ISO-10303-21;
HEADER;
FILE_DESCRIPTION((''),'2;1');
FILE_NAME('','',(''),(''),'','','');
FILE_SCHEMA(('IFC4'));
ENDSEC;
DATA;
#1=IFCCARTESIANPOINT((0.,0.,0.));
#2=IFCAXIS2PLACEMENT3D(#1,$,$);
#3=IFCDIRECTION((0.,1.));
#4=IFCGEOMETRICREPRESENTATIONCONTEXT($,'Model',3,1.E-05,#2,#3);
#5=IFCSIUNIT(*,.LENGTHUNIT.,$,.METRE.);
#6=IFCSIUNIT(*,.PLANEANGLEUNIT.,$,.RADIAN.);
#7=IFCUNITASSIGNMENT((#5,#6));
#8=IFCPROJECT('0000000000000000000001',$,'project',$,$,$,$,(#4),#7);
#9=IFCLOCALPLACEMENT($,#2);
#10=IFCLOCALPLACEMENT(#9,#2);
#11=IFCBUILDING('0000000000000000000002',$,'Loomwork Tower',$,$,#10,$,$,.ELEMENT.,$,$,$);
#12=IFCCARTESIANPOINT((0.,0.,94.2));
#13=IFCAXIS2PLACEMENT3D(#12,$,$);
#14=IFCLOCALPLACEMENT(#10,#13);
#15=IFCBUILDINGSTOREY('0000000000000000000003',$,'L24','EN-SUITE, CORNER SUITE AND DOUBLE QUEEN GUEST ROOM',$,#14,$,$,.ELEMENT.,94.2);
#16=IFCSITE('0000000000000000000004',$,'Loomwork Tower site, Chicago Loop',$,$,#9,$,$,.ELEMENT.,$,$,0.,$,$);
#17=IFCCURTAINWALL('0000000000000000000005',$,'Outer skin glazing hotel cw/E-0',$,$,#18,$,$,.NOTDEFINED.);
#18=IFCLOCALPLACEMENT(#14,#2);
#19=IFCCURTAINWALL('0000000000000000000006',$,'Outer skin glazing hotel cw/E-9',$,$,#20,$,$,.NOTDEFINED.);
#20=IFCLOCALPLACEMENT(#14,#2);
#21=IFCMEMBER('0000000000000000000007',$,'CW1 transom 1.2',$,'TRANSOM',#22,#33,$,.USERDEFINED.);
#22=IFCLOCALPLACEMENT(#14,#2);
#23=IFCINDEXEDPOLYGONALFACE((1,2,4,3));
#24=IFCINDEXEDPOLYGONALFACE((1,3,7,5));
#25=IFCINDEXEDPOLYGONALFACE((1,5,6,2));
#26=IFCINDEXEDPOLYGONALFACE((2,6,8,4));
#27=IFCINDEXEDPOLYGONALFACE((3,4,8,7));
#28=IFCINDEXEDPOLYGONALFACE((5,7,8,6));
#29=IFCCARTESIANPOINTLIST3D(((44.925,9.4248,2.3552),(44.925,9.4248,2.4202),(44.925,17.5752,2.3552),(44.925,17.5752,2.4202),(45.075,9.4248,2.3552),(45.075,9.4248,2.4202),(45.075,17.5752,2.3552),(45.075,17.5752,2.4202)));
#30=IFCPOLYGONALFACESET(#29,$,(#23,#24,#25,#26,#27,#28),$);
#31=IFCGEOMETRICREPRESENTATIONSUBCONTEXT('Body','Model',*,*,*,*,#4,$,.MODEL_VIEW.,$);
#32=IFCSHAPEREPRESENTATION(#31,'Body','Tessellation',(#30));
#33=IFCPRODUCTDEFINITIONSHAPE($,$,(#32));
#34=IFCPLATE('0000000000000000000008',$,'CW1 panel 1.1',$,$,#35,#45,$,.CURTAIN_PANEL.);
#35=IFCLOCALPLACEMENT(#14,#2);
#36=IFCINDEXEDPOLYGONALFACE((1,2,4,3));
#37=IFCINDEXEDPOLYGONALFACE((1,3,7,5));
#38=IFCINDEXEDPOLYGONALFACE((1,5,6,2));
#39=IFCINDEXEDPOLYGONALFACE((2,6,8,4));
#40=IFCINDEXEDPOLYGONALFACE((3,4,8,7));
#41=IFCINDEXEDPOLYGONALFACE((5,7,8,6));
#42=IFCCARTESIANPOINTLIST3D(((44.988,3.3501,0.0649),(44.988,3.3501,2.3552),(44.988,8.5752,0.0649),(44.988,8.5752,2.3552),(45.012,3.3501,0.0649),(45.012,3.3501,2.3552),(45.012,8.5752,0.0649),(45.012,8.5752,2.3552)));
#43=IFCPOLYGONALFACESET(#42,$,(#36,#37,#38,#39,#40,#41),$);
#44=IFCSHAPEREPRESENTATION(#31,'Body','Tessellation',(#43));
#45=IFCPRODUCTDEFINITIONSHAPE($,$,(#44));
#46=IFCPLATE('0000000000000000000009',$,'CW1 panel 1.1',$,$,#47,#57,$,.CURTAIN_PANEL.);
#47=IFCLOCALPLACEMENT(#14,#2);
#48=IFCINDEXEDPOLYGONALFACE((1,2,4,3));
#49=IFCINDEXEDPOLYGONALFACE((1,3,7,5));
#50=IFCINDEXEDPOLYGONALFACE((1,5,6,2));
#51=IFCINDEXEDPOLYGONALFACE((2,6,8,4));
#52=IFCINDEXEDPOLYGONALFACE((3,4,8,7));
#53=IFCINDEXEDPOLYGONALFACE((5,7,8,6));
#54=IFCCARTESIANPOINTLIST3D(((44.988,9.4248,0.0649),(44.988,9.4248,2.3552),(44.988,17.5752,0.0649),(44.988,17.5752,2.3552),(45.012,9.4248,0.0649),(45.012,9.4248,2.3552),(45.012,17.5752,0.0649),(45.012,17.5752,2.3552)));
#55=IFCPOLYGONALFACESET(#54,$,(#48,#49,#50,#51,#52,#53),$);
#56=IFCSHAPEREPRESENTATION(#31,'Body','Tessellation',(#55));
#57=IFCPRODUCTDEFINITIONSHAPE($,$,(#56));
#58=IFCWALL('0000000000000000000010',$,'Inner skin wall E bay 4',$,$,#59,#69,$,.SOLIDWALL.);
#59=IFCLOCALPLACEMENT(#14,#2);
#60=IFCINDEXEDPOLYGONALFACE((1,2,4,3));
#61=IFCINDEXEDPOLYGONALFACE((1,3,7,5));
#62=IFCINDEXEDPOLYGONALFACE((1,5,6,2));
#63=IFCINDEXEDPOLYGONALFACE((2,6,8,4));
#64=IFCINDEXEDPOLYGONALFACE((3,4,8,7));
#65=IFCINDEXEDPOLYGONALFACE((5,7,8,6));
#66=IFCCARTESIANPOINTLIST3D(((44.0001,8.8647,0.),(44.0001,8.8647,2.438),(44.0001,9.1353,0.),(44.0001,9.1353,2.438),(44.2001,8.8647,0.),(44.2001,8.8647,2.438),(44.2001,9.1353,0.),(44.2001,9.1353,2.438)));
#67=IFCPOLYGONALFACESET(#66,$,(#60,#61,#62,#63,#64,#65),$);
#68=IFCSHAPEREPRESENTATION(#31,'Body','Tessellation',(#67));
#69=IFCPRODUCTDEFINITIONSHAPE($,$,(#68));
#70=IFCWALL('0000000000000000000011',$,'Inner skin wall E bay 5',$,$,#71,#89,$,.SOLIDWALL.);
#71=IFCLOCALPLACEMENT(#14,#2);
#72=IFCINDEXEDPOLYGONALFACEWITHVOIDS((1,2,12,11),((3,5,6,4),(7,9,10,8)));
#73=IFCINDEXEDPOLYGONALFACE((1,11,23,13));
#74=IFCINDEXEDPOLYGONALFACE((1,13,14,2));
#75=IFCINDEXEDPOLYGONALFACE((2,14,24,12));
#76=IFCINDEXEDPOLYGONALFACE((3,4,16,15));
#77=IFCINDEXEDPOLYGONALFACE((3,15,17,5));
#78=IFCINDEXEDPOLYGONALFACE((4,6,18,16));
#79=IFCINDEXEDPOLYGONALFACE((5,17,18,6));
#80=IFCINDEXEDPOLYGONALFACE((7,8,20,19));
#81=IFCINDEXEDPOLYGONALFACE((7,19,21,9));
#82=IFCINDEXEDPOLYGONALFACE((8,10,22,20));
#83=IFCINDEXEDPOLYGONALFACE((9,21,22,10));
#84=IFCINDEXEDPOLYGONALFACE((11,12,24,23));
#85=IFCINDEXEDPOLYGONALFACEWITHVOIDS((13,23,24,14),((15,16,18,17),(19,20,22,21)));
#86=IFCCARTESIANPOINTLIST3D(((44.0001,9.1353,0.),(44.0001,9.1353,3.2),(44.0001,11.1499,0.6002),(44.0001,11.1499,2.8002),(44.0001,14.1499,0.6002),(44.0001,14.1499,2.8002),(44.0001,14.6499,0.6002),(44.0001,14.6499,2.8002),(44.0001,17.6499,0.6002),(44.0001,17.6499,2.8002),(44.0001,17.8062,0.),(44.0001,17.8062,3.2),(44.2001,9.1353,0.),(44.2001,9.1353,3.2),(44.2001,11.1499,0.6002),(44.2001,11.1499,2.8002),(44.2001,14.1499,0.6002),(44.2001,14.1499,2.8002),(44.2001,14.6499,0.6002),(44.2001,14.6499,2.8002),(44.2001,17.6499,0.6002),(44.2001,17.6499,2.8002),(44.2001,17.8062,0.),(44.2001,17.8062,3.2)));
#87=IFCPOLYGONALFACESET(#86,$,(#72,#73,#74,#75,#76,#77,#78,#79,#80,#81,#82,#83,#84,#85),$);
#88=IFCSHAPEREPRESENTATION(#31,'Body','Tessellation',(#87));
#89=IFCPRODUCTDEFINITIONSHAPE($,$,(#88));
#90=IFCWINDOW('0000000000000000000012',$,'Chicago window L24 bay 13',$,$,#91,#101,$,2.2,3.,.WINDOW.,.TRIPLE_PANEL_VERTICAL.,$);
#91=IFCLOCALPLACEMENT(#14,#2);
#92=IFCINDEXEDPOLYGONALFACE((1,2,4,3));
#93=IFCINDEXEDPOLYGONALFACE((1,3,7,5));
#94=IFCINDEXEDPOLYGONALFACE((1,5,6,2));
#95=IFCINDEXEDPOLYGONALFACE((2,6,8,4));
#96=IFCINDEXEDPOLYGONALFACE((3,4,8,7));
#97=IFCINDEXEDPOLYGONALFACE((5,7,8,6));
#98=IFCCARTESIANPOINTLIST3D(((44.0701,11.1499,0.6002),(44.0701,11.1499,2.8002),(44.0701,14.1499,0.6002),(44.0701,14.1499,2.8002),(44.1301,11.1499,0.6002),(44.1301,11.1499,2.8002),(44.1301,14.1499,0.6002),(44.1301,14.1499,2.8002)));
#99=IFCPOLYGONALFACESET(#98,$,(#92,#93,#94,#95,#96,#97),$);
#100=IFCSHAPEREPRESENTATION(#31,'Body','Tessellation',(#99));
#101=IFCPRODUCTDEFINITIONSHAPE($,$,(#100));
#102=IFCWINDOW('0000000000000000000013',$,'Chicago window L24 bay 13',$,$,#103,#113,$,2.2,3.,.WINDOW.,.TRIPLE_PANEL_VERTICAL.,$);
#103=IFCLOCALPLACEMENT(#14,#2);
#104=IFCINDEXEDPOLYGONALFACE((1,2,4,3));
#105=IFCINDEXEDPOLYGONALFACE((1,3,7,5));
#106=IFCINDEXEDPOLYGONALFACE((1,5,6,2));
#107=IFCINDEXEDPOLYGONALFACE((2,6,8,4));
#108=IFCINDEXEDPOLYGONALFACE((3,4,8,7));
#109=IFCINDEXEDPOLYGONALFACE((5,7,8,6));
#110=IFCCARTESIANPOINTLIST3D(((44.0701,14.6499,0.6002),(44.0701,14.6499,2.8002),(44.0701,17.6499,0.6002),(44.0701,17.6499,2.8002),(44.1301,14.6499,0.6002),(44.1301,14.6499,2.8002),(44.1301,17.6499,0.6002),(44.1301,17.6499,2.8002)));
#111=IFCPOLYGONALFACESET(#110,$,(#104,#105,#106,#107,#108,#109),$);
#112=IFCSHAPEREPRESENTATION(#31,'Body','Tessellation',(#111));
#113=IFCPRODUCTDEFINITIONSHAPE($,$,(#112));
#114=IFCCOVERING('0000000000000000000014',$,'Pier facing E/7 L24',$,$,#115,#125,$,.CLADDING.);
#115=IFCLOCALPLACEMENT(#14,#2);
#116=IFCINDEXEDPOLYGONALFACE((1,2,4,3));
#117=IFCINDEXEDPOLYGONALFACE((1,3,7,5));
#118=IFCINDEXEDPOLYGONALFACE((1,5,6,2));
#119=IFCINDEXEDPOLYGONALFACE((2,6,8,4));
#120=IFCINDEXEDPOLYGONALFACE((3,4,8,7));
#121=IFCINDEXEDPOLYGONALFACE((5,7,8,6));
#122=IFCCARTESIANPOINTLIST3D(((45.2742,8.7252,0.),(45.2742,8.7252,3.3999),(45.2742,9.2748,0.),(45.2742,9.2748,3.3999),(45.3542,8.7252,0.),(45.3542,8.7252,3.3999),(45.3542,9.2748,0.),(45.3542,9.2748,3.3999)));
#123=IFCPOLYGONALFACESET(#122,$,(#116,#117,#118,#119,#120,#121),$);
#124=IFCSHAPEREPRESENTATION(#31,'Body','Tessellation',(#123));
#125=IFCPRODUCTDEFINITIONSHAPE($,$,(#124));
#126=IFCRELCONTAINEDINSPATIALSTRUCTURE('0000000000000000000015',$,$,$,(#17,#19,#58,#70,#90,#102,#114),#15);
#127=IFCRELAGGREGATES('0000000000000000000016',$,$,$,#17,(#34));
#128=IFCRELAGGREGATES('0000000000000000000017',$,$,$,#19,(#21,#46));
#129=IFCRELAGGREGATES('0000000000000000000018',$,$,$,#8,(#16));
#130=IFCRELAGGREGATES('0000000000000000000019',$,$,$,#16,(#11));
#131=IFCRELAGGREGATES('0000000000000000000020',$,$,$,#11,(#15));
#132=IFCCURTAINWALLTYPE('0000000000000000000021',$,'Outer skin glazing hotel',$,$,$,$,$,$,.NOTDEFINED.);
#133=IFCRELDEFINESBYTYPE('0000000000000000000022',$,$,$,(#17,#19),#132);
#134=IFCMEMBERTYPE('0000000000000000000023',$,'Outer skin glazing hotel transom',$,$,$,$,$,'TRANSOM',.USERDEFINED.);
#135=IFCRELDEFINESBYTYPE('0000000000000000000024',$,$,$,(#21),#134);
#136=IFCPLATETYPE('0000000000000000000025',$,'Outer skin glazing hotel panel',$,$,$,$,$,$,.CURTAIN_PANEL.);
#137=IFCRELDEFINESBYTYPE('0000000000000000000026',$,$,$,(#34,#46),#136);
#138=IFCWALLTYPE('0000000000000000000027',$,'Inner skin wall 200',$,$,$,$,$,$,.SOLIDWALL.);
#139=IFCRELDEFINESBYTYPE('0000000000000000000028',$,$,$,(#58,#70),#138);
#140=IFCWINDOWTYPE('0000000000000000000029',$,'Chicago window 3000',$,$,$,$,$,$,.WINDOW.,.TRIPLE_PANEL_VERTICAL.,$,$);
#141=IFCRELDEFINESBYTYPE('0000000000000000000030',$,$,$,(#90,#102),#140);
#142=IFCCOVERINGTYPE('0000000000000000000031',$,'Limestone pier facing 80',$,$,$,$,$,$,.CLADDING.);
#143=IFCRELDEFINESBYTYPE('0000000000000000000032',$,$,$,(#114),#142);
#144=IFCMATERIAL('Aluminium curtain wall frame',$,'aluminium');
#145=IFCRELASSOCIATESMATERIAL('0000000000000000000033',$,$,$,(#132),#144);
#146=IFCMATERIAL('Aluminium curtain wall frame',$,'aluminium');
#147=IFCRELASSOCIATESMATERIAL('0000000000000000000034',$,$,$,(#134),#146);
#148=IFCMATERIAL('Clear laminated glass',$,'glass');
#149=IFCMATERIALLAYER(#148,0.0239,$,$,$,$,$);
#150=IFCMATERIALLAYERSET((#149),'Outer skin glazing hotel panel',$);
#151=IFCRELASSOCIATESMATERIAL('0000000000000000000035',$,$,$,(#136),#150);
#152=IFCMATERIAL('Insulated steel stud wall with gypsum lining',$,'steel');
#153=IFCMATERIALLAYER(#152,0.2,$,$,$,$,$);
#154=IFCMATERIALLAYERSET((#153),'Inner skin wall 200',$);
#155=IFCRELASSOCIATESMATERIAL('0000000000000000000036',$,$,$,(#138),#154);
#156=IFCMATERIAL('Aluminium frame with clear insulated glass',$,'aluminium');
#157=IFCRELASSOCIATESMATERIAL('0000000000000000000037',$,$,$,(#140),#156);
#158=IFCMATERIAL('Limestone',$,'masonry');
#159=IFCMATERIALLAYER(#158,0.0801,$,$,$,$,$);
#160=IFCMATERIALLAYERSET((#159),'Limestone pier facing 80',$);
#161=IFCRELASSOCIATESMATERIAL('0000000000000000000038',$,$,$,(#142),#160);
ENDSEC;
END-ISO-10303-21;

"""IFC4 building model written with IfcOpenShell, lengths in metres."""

from ifc_helpers import new_model, si_unit, direction, frame, frame_2d, origin, origin_2d, place, context, subcontext, project, spatial, rectangle, extrude, material, layer, layer_set, material_profile, profile_set, type_object, element, fill, aggregate, save


model = new_model("IFC4")

# Units and contexts
model_context = context("Model", 3, precision=1e-05, world=origin(), true_north=direction((0.0, 1.0)))
body_context = subcontext(model_context, "Body", "Model", "MODEL_VIEW")
ifc_project = project(units=[si_unit("LENGTHUNIT", "METRE"), si_unit("PLANEANGLEUNIT", "RADIAN")], contexts=[model_context])

# Site, building, storey
site_placement = place(None, origin())
site = spatial("IfcSite", under=ifc_project, at=site_placement, Name="Loomwork Tower site, Chicago Loop", CompositionType="ELEMENT", RefElevation=0.0)
building_placement = place(site_placement, origin())
building = spatial("IfcBuilding", under=site, at=building_placement, Name="Loomwork Tower", CompositionType="ELEMENT")
storey_placement = place(building_placement, frame((0.0, 0.0, 94.2)))
storey = spatial("IfcBuildingStorey", under=building, at=storey_placement, Name="L24", Description="EN-SUITE, CORNER SUITE AND DOUBLE QUEEN GUEST ROOM", CompositionType="ELEMENT", Elevation=94.2)

# Curtain wall
ifc_material_1 = material(Name="Aluminium curtain wall frame", Category="aluminium")
curtain_wall_type = type_object("IfcCurtainWallType", Name="Outer skin glazing hotel", PredefinedType="NOTDEFINED", material=ifc_material_1)
curtain_wall_1_placement = place(storey_placement, origin())
curtain_wall_1 = element("IfcCurtainWall", 1, at=curtain_wall_1_placement, inside=storey, type_object=curtain_wall_type, Name="Outer skin glazing hotel cw/E-0", PredefinedType="NOTDEFINED")

# Curtain wall
curtain_wall_2_placement = place(storey_placement, origin())
curtain_wall_2 = element("IfcCurtainWall", 2, at=curtain_wall_2_placement, inside=storey, type_object=curtain_wall_type, Name="Outer skin glazing hotel cw/E-9", PredefinedType="NOTDEFINED")

# Member
ifc_material_2 = material(Name="Aluminium curtain wall frame", Category="aluminium")
ifc_material_profile_1 = material_profile(ifc_material_2, rectangle(XDim=0.1499, YDim=0.0649, at=origin_2d()), Name="AL 65x150")
ifc_profile_set_1 = profile_set([ifc_material_profile_1], Name="Aluminium curtain wall frame")
member_type_1 = type_object("IfcMemberType", Name="Outer skin glazing hotel transom", ElementType="TRANSOM", PredefinedType="USERDEFINED", material=ifc_profile_set_1)
member_1_placement = place(storey_placement, frame((45.0, 9.4248, 2.3877), z_axis=(0.0, 1.0, 0.0), x_axis=(-1.0, 0.0, 0.0)))
member_1 = element("IfcMember", 3, at=member_1_placement, type_object=member_type_1, Name="CW1 transom 1.2", ObjectType="TRANSOM", PredefinedType="USERDEFINED", context=body_context, shape_type="SweptSolid", body=[
    extrude(rectangle(XDim=0.1499, YDim=0.0649, at=origin_2d()), origin(), (0.0, 0.0, 1.0), 8.1504),
])

# Plates
ifc_material_3 = material(Name="Clear laminated glass", Category="glass")
ifc_layer_1 = layer(ifc_material_3, 0.0239)
ifc_layer_set_1 = layer_set([ifc_layer_1], Name="Outer skin glazing hotel panel")
plate_type = type_object("IfcPlateType", Name="Outer skin glazing hotel panel", PredefinedType="CURTAIN_PANEL", material=ifc_layer_set_1)
plate_1_placement = place(storey_placement, frame((45.0, 5.9626, 0.0649), z_axis=(0.0, 0.0, 1.0), x_axis=(0.0, 1.0, 0.0)))
plate_1 = element("IfcPlate", 4, at=plate_1_placement, type_object=plate_type, Name="CW1 panel 1.1", PredefinedType="CURTAIN_PANEL", context=body_context, shape_type="SweptSolid", body=[
    extrude(rectangle(XDim=5.2251, YDim=0.0239, at=origin_2d()), origin(), (0.0, 0.0, 1.0), 2.2903),
])
aggregate(curtain_wall_1, [plate_1])
plate_2_placement = place(storey_placement, frame((45.0, 13.5, 0.0649), z_axis=(0.0, 0.0, 1.0), x_axis=(0.0, 1.0, 0.0)))
plate_2 = element("IfcPlate", 5, at=plate_2_placement, type_object=plate_type, Name="CW1 panel 1.1", PredefinedType="CURTAIN_PANEL", context=body_context, shape_type="SweptSolid", body=[
    extrude(rectangle(XDim=8.1504, YDim=0.0239, at=origin_2d()), origin(), (0.0, 0.0, 1.0), 2.2903),
])
aggregate(curtain_wall_2, [member_1, plate_2])

# Wall
ifc_material_4 = material(Name="Insulated steel stud wall with gypsum lining", Category="steel")
ifc_layer_2 = layer(ifc_material_4, 0.2)
ifc_layer_set_2 = layer_set([ifc_layer_2], Name="Inner skin wall 200")
wall_type = type_object("IfcWallType", Name="Inner skin wall 200", PredefinedType="SOLIDWALL", material=ifc_layer_set_2)
wall_1_placement = place(storey_placement, frame((44.1001, 8.8647, 0.0), z_axis=(0.0, 0.0, 1.0), x_axis=(0.0, 1.0, 0.0)))
element("IfcWall", 6, at=wall_1_placement, inside=storey, type_object=wall_type, Name="Inner skin wall E bay 4", PredefinedType="SOLIDWALL", context=body_context, shape_type="SweptSolid", body=[
    extrude(rectangle(XDim=0.2705, YDim=0.2, at=frame_2d((0.1353, 0.0))), origin(), (0.0, 0.0, 1.0), 2.438),
])

# Wall, openings, windows
wall_2_placement = place(storey_placement, frame((44.1001, 9.1353, 0.0), z_axis=(0.0, 0.0, 1.0), x_axis=(0.0, 1.0, 0.0)))
wall_2 = element("IfcWall", 7, at=wall_2_placement, inside=storey, type_object=wall_type, Name="Inner skin wall E bay 5", PredefinedType="SOLIDWALL", context=body_context, shape_type="SweptSolid", body=[
    extrude(rectangle(XDim=8.6709, YDim=0.2, at=frame_2d((4.3354, 0.0))), origin(), (0.0, 0.0, 1.0), 3.2),
])
opening_1_placement = place(wall_2_placement, frame((2.0146, 0.0, 0.6001)))
opening_1 = element("IfcOpeningElement", 8, at=opening_1_placement, cuts=wall_2, PredefinedType="OPENING", context=body_context, shape_type="SweptSolid", body=[
    extrude(rectangle(XDim=3.0, YDim=2.2, at=frame_2d((1.5, 1.1001))), frame((0.0, 0.1099, 0.0), z_axis=(0.0, -1.0, 0.0), x_axis=(1.0, 0.0, 0.0)), (0.0, 0.0, 1.0), 0.22),
])
opening_2_placement = place(wall_2_placement, frame((5.5146, 0.0, 0.6001)))
opening_2 = element("IfcOpeningElement", 9, at=opening_2_placement, cuts=wall_2, PredefinedType="OPENING", context=body_context, shape_type="SweptSolid", body=[
    extrude(rectangle(XDim=3.0, YDim=2.2, at=frame_2d((1.5, 1.1001))), frame((0.0, 0.1099, 0.0), z_axis=(0.0, -1.0, 0.0), x_axis=(1.0, 0.0, 0.0)), (0.0, 0.0, 1.0), 0.22),
])
ifc_material_5 = material(Name="Aluminium frame with clear insulated glass", Category="aluminium")
window_type = type_object("IfcWindowType", Name="Chicago window 3000", PartitioningType="TRIPLE_PANEL_VERTICAL", PredefinedType="WINDOW", material=ifc_material_5)
window_1_placement = place(opening_1_placement, origin())
window_1 = element("IfcWindow", 10, at=window_1_placement, inside=storey, type_object=window_type, Name="Chicago window L24 bay 13", OverallHeight=2.2, OverallWidth=3.0, PartitioningType="TRIPLE_PANEL_VERTICAL", PredefinedType="WINDOW", context=body_context, shape_type="SweptSolid", body=[
    extrude(rectangle(XDim=3.0, YDim=2.2, at=frame_2d((1.5, 1.1001))), frame((0.0, 0.03, 0.0), z_axis=(0.0, -1.0, 0.0), x_axis=(1.0, 0.0, 0.0)), (0.0, 0.0, 1.0), 0.0601),
])
fill(opening_1, window_1)
window_2_placement = place(opening_2_placement, origin())
window_2 = element("IfcWindow", 11, at=window_2_placement, inside=storey, type_object=window_type, Name="Chicago window L24 bay 13", OverallHeight=2.2, OverallWidth=3.0, PartitioningType="TRIPLE_PANEL_VERTICAL", PredefinedType="WINDOW", context=body_context, shape_type="SweptSolid", body=[
    extrude(rectangle(XDim=3.0, YDim=2.2, at=frame_2d((1.5, 1.1001))), frame((0.0, 0.03, 0.0), z_axis=(0.0, -1.0, 0.0), x_axis=(1.0, 0.0, 0.0)), (0.0, 0.0, 1.0), 0.0601),
])
fill(opening_2, window_2)

# Covering
ifc_material_6 = material(Name="Limestone", Category="masonry")
ifc_layer_3 = layer(ifc_material_6, 0.0801)
ifc_layer_set_3 = layer_set([ifc_layer_3], Name="Limestone pier facing 80")
covering_type = type_object("IfcCoveringType", Name="Limestone pier facing 80", PredefinedType="CLADDING", material=ifc_layer_set_3)
covering_placement = place(storey_placement, frame((45.3142, 9.0, 0.0), z_axis=(0.0, 0.0, 1.0), x_axis=(1.0, 0.0, 0.0)))
element("IfcCovering", 12, at=covering_placement, inside=storey, type_object=covering_type, Name="Pier facing E/7 L24", PredefinedType="CLADDING", context=body_context, shape_type="SweptSolid", body=[
    extrude(rectangle(XDim=0.0801, YDim=0.5496, at=origin_2d()), origin(), (0.0, 0.0, 1.0), 3.3999),
])

save(model, "model.ifc")
